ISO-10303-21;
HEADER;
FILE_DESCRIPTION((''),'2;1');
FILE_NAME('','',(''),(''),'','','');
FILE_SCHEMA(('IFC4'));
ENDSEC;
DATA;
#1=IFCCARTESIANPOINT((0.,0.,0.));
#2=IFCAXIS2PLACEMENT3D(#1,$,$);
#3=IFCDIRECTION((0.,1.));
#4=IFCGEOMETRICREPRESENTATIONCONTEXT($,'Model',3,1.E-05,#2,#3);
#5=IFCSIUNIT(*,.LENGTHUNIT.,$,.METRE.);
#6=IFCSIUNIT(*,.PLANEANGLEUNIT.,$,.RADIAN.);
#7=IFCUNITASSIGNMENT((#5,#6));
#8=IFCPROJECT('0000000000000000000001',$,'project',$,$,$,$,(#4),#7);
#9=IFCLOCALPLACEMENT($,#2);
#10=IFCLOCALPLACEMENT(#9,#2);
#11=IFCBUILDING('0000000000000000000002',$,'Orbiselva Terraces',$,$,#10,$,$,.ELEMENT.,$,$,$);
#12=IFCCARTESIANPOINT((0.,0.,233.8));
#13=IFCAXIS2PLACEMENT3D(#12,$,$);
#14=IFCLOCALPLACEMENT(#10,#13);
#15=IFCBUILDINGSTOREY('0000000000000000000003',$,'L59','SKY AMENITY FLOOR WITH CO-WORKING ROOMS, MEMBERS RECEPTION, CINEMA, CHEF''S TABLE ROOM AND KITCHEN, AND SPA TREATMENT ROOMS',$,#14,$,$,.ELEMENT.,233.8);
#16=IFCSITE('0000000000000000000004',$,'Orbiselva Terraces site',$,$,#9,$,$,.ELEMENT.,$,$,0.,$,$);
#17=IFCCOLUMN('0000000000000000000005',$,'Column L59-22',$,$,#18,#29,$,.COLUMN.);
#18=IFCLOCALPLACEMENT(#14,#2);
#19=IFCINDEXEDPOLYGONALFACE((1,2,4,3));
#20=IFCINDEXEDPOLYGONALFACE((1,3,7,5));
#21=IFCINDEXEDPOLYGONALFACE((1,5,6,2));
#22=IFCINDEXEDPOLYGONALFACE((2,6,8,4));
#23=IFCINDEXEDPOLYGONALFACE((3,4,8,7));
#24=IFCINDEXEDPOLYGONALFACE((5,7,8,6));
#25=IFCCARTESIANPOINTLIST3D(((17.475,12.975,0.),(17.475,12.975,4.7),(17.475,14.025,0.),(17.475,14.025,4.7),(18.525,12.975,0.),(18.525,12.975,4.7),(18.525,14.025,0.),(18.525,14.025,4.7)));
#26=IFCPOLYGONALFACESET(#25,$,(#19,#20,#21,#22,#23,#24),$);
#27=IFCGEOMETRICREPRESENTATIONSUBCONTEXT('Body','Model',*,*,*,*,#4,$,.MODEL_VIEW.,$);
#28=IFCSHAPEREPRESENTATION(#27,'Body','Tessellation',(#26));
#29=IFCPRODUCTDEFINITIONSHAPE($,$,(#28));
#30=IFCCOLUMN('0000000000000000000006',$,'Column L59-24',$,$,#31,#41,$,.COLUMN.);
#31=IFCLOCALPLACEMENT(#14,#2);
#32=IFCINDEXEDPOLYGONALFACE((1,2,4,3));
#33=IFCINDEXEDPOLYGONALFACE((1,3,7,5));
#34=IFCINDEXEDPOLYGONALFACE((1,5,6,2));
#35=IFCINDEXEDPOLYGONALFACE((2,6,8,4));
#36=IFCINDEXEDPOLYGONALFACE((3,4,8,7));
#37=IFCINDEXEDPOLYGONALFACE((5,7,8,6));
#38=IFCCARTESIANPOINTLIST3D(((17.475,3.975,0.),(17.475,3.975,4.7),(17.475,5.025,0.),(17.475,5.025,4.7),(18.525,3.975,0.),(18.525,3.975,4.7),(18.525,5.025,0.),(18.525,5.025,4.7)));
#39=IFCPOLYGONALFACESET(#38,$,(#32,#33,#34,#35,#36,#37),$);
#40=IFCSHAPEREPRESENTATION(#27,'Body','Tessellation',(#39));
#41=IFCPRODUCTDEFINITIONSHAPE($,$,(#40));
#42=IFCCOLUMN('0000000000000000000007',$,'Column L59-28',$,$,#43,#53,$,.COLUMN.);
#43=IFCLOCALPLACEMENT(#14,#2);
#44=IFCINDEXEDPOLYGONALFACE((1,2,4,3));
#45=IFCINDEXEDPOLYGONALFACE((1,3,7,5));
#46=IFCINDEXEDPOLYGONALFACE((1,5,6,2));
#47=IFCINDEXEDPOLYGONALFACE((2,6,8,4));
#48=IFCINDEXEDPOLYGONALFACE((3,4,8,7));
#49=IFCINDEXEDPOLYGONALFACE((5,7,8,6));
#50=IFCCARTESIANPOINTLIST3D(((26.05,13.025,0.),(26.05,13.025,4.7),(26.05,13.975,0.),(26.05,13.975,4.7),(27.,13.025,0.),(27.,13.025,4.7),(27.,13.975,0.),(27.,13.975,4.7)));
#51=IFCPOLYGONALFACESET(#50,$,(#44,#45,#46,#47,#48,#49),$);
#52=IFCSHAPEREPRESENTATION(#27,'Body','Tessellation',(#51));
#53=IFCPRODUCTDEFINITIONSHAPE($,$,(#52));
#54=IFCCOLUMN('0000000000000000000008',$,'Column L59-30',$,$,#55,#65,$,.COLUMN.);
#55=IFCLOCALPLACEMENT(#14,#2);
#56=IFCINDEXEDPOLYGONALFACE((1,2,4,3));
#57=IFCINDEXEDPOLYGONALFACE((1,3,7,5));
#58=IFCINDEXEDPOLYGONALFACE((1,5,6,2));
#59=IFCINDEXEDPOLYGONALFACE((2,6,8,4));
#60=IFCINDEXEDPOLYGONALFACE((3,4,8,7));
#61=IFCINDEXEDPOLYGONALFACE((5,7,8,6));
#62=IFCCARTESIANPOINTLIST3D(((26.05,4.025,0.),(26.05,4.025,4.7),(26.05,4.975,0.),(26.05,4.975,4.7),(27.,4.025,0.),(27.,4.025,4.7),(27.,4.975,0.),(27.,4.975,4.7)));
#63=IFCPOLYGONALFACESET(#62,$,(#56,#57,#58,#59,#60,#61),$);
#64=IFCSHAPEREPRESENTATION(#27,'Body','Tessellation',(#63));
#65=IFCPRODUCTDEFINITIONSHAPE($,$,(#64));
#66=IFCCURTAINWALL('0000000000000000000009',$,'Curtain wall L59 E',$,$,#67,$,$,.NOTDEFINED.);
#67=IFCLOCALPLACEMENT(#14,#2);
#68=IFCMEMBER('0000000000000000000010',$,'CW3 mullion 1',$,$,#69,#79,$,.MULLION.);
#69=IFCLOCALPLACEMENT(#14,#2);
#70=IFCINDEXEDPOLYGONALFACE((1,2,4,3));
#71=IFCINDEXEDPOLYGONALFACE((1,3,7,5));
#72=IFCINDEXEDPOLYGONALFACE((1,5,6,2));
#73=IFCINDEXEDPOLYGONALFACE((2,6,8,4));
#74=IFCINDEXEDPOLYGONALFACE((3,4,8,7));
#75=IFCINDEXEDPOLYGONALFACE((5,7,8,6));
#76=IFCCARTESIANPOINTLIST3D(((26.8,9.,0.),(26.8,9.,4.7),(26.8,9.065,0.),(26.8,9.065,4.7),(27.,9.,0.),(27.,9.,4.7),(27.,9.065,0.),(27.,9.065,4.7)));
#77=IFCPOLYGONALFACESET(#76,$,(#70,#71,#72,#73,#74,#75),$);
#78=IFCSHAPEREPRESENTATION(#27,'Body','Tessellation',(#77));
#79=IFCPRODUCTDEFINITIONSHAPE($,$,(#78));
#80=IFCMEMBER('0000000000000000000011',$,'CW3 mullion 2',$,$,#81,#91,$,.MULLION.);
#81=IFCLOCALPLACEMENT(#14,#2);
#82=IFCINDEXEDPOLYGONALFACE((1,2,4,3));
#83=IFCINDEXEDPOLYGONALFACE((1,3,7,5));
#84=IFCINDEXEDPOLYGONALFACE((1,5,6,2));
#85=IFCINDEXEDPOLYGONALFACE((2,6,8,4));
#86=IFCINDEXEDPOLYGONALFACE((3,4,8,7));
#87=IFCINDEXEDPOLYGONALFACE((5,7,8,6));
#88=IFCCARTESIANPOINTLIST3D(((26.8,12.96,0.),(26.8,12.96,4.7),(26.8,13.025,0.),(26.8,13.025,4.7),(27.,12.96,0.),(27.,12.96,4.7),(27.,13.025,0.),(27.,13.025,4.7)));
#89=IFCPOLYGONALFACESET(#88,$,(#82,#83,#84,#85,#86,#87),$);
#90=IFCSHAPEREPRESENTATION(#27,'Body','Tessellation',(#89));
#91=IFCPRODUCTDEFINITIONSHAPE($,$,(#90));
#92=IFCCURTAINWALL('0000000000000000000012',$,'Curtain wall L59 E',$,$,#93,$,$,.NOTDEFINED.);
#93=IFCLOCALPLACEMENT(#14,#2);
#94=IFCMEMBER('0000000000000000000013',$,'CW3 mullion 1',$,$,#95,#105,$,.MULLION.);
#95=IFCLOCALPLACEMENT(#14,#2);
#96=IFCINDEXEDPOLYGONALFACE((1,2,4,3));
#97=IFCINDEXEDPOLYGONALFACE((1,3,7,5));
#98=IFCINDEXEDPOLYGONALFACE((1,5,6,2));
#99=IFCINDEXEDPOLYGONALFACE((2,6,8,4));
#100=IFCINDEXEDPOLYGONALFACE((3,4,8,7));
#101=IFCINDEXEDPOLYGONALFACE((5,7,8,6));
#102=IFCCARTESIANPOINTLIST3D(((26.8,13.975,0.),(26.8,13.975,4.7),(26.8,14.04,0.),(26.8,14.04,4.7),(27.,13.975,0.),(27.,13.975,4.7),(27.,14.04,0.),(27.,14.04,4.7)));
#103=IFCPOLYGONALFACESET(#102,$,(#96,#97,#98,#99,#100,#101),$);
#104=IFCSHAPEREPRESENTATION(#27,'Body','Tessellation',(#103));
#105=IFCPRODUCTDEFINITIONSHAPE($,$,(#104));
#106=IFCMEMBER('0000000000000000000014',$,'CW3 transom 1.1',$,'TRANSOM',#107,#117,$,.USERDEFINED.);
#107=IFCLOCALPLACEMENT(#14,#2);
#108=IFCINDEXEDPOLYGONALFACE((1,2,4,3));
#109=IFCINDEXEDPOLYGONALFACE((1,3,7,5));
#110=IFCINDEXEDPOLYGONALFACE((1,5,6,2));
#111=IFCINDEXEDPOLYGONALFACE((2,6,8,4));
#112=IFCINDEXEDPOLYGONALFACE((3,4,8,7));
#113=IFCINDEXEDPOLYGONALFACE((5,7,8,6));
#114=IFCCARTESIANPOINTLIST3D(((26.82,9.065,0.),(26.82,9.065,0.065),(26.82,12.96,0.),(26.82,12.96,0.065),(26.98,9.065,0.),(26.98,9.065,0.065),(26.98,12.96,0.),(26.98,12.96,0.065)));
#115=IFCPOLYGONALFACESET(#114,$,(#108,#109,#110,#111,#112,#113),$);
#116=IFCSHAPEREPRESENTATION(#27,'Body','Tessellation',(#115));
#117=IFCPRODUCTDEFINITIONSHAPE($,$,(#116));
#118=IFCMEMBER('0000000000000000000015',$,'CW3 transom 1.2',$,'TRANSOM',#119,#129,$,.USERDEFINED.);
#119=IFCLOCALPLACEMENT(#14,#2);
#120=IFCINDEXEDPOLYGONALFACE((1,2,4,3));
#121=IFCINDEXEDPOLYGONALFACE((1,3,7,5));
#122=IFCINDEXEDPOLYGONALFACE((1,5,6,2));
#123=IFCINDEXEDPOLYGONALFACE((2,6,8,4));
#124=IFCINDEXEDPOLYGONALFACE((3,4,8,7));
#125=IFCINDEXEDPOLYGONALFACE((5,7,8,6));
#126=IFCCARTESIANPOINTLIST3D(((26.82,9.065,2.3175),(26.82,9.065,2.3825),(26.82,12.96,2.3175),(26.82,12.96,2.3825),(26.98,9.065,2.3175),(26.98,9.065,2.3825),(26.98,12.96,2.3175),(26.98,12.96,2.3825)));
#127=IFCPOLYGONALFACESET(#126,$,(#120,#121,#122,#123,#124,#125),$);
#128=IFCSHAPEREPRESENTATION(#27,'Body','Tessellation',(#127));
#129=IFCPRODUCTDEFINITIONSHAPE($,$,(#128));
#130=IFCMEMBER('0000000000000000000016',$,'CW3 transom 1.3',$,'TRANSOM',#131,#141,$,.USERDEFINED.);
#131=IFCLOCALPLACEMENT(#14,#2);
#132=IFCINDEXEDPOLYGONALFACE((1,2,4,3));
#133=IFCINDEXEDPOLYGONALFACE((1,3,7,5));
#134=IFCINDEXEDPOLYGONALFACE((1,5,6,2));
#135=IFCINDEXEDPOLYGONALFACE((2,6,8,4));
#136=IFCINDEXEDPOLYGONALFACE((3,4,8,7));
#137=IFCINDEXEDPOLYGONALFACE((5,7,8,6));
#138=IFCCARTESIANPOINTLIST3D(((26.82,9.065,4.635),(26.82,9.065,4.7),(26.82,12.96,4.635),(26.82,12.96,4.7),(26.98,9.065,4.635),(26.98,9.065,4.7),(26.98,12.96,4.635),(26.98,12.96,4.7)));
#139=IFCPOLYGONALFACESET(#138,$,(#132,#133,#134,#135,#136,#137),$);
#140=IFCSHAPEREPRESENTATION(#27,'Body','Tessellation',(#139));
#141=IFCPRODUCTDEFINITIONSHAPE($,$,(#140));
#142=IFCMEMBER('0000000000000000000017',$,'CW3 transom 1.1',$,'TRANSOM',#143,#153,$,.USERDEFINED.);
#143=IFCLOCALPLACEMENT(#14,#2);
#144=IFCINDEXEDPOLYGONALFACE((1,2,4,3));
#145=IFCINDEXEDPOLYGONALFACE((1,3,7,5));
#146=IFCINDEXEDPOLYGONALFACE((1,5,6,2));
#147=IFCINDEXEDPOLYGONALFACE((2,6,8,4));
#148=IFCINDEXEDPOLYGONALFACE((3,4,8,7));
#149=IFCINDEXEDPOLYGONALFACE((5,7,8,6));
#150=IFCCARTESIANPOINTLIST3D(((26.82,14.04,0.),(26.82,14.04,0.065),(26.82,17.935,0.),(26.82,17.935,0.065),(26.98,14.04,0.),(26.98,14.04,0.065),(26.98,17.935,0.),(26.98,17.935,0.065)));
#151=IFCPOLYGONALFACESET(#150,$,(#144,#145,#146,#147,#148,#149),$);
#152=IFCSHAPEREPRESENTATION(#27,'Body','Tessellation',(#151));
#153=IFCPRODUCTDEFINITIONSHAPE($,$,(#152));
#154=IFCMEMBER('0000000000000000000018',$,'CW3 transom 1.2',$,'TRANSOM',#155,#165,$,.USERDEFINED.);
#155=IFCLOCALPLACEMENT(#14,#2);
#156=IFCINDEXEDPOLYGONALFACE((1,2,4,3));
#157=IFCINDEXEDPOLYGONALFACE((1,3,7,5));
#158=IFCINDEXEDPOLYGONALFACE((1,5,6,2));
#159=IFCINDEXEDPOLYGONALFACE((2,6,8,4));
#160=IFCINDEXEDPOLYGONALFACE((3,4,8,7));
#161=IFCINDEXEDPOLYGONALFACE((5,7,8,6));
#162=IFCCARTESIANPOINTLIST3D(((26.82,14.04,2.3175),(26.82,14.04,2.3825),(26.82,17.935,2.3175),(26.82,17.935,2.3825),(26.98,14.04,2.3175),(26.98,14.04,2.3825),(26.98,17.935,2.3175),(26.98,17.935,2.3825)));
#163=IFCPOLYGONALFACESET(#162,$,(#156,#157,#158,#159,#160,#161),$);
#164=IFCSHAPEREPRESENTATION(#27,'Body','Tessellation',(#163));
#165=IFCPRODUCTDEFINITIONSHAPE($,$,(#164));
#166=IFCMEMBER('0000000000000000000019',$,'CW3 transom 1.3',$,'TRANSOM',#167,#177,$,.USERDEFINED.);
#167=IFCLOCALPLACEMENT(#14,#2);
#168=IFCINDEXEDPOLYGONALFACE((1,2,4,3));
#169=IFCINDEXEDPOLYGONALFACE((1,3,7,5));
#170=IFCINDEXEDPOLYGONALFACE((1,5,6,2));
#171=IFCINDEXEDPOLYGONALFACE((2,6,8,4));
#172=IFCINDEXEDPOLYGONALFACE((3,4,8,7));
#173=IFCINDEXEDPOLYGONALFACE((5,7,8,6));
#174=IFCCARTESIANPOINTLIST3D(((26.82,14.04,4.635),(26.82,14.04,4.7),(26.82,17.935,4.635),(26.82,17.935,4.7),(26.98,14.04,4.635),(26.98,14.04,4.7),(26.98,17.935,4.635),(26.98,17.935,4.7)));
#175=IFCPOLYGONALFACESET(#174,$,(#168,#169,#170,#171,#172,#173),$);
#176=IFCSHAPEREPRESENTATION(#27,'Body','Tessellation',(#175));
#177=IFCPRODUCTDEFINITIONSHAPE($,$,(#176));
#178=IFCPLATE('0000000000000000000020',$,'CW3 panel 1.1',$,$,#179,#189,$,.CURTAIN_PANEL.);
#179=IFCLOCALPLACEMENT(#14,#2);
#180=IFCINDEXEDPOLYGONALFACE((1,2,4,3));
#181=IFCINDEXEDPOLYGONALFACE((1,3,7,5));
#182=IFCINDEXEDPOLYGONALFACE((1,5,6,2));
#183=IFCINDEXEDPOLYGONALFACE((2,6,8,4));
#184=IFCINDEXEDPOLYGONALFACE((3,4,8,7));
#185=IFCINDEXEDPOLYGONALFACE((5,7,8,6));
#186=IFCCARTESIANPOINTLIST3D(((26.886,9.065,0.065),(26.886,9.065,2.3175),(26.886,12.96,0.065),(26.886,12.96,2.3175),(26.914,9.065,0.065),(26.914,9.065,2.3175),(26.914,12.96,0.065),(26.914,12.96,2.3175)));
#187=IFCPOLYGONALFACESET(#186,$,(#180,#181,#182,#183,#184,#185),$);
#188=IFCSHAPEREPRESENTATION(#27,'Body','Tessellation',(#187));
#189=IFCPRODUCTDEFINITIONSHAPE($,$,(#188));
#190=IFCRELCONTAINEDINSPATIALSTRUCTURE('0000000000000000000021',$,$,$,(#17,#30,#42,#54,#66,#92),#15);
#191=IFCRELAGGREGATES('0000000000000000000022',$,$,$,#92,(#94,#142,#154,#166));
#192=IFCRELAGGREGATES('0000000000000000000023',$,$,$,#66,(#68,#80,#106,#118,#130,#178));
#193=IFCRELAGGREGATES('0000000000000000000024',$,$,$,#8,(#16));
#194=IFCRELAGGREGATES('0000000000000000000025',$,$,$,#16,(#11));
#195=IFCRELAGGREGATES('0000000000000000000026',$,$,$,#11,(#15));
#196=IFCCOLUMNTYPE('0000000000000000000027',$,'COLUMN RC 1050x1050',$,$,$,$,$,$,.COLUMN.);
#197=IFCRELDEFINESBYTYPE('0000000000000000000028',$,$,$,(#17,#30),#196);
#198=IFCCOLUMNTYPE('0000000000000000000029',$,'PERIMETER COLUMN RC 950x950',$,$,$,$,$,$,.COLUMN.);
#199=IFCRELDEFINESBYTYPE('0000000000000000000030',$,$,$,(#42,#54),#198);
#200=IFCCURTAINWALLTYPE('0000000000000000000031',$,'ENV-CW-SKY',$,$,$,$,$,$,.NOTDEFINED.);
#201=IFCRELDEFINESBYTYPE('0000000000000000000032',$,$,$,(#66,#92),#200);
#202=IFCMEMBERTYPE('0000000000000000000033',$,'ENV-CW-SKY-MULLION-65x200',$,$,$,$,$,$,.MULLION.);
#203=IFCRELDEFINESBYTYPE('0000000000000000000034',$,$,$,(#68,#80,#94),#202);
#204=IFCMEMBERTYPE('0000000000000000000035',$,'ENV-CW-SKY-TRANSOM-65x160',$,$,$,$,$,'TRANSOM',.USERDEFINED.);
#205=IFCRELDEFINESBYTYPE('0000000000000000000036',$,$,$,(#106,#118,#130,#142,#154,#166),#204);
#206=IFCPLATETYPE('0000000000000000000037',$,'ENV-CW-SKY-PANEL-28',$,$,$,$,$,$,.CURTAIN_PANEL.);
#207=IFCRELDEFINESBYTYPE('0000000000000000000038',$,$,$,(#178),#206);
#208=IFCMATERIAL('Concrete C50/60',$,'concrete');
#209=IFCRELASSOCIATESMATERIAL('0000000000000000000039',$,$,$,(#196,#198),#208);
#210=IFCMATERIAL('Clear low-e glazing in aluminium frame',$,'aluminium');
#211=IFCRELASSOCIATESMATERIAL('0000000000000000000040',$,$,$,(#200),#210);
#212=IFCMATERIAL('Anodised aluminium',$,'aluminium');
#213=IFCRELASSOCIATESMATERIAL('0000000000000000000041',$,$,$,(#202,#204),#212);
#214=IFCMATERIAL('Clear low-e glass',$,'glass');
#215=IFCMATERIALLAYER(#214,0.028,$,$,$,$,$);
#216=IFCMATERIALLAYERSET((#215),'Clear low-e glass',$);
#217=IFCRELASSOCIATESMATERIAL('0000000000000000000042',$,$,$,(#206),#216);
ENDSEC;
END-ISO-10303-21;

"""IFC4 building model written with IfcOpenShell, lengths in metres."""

from ifc_helpers import new_model, si_unit, direction, frame, origin, origin_2d, place, context, subcontext, project, spatial, rectangle, extrude, material, layer, layer_set, material_profile, profile_set, type_object, element, aggregate, save


model = new_model("IFC4")

# Units and contexts
model_context = context("Model", 3, precision=1e-05, world=origin(), true_north=direction((0.0, 1.0)))
body_context = subcontext(model_context, "Body", "Model", "MODEL_VIEW")
ifc_project = project(units=[si_unit("LENGTHUNIT", "METRE"), si_unit("PLANEANGLEUNIT", "RADIAN")], contexts=[model_context])

# Site, building, storey
site_placement = place(None, origin())
site = spatial("IfcSite", under=ifc_project, at=site_placement, Name="Orbiselva Terraces site", CompositionType="ELEMENT", RefElevation=0.0)
building_placement = place(site_placement, origin())
building = spatial("IfcBuilding", under=site, at=building_placement, Name="Orbiselva Terraces", CompositionType="ELEMENT")
storey_placement = place(building_placement, frame((0.0, 0.0, 233.8)))
storey = spatial("IfcBuildingStorey", under=building, at=storey_placement, Name="L59", Description="SKY AMENITY FLOOR WITH CO-WORKING ROOMS, MEMBERS RECEPTION, CINEMA, CHEF'S TABLE ROOM AND KITCHEN, AND SPA TREATMENT ROOMS", CompositionType="ELEMENT", Elevation=233.8)

# Columns
ifc_material_1 = material(Name="Concrete C50/60", Category="concrete")
ifc_material_profile_1 = material_profile(ifc_material_1, rectangle(XDim=1.05, YDim=1.05, at=origin_2d()), Name="RC 1050x1050")
ifc_profile_set_1 = profile_set([ifc_material_profile_1], Name="Concrete C50/60")
column_type_1 = type_object("IfcColumnType", Name="COLUMN RC 1050x1050", PredefinedType="COLUMN", material=ifc_profile_set_1)
for number, where, z_axis, x_axis, name in (
    (1, (18.0, 13.5, 0.0), (0.0, 0.0, 1.0), (1.0, 0.0, 0.0), "Column L59-22"),
    (2, (18.0, 4.5, 0.0), (0.0, 0.0, 1.0), (1.0, 0.0, 0.0), "Column L59-24"),
):
    element("IfcColumn", number, at=place(storey_placement, frame(where, z_axis=z_axis, x_axis=x_axis)), inside=storey, type_object=column_type_1, Name=name, PredefinedType="COLUMN", context=body_context, shape_type="SweptSolid", body=[
        extrude(rectangle(XDim=1.05, YDim=1.05, at=origin_2d()), origin(), (0.0, 0.0, 1.0), 4.7),
    ])
ifc_material_profile_2 = material_profile(ifc_material_1, rectangle(XDim=0.95, YDim=0.95, at=origin_2d()), Name="RC 950x950")
ifc_profile_set_2 = profile_set([ifc_material_profile_2], Name="Concrete C50/60")
column_type_2 = type_object("IfcColumnType", Name="PERIMETER COLUMN RC 950x950", PredefinedType="COLUMN", material=ifc_profile_set_2)
for number, where, z_axis, x_axis, name in (
    (3, (26.525, 13.5, 0.0), (0.0, 0.0, 1.0), (1.0, 0.0, 0.0), "Column L59-28"),
    (4, (26.525, 4.5, 0.0), (0.0, 0.0, 1.0), (1.0, 0.0, 0.0), "Column L59-30"),
):
    element("IfcColumn", number, at=place(storey_placement, frame(where, z_axis=z_axis, x_axis=x_axis)), inside=storey, type_object=column_type_2, Name=name, PredefinedType="COLUMN", context=body_context, shape_type="SweptSolid", body=[
        extrude(rectangle(XDim=0.95, YDim=0.95, at=origin_2d()), origin(), (0.0, 0.0, 1.0), 4.7),
    ])

# Curtain wall, members
ifc_material_2 = material(Name="Clear low-e glazing in aluminium frame", Category="aluminium")
curtain_wall_type = type_object("IfcCurtainWallType", Name="ENV-CW-SKY", PredefinedType="NOTDEFINED", material=ifc_material_2)
curtain_wall_1_placement = place(storey_placement, origin())
curtain_wall_1 = element("IfcCurtainWall", 5, at=curtain_wall_1_placement, inside=storey, type_object=curtain_wall_type, Name="Curtain wall L59 E", PredefinedType="NOTDEFINED")
ifc_material_3 = material(Name="Anodised aluminium", Category="aluminium")
ifc_material_profile_3 = material_profile(ifc_material_3, rectangle(XDim=0.2, YDim=0.065, at=origin_2d()), Name="AL 65x200")
ifc_profile_set_3 = profile_set([ifc_material_profile_3], Name="Anodised aluminium")
member_type_1 = type_object("IfcMemberType", Name="ENV-CW-SKY-MULLION-65x200", PredefinedType="MULLION", material=ifc_profile_set_3)
member_1_placement = place(storey_placement, frame((26.9, 9.0325, 0.0), z_axis=(0.0, 0.0, 1.0), x_axis=(-1.0, 0.0, 0.0)))
member_1 = element("IfcMember", 6, at=member_1_placement, type_object=member_type_1, Name="CW3 mullion 1", PredefinedType="MULLION", context=body_context, shape_type="SweptSolid", body=[
    extrude(rectangle(XDim=0.2, YDim=0.065, at=origin_2d()), origin(), (0.0, 0.0, 1.0), 4.7),
])
member_2_placement = place(storey_placement, frame((26.9, 12.9925, 0.0), z_axis=(0.0, 0.0, 1.0), x_axis=(-1.0, 0.0, 0.0)))
member_2 = element("IfcMember", 7, at=member_2_placement, type_object=member_type_1, Name="CW3 mullion 2", PredefinedType="MULLION", context=body_context, shape_type="SweptSolid", body=[
    extrude(rectangle(XDim=0.2, YDim=0.065, at=origin_2d()), origin(), (0.0, 0.0, 1.0), 4.7),
])

# Curtain wall, member
curtain_wall_2_placement = place(storey_placement, origin())
curtain_wall_2 = element("IfcCurtainWall", 8, at=curtain_wall_2_placement, inside=storey, type_object=curtain_wall_type, Name="Curtain wall L59 E", PredefinedType="NOTDEFINED")
member_3_placement = place(storey_placement, frame((26.9, 14.0075, 0.0), z_axis=(0.0, 0.0, 1.0), x_axis=(-1.0, 0.0, 0.0)))
member_3 = element("IfcMember", 9, at=member_3_placement, type_object=member_type_1, Name="CW3 mullion 1", PredefinedType="MULLION", context=body_context, shape_type="SweptSolid", body=[
    extrude(rectangle(XDim=0.2, YDim=0.065, at=origin_2d()), origin(), (0.0, 0.0, 1.0), 4.7),
])

# Members
ifc_material_profile_4 = material_profile(ifc_material_3, rectangle(XDim=0.16, YDim=0.065, at=origin_2d()), Name="AL 65x160")
ifc_profile_set_4 = profile_set([ifc_material_profile_4], Name="Anodised aluminium")
member_type_2 = type_object("IfcMemberType", Name="ENV-CW-SKY-TRANSOM-65x160", ElementType="TRANSOM", PredefinedType="USERDEFINED", material=ifc_profile_set_4)
member_4_placement = place(storey_placement, frame((26.9, 9.065, 0.0325), z_axis=(0.0, 1.0, 0.0), x_axis=(-1.0, 0.0, 0.0)))
member_4 = element("IfcMember", 10, at=member_4_placement, type_object=member_type_2, Name="CW3 transom 1.1", ObjectType="TRANSOM", PredefinedType="USERDEFINED", context=body_context, shape_type="SweptSolid", body=[
    extrude(rectangle(XDim=0.16, YDim=0.065, at=origin_2d()), origin(), (0.0, 0.0, 1.0), 3.895),
])
member_5_placement = place(storey_placement, frame((26.9, 9.065, 2.35), z_axis=(0.0, 1.0, 0.0), x_axis=(-1.0, 0.0, 0.0)))
member_5 = element("IfcMember", 11, at=member_5_placement, type_object=member_type_2, Name="CW3 transom 1.2", ObjectType="TRANSOM", PredefinedType="USERDEFINED", context=body_context, shape_type="SweptSolid", body=[
    extrude(rectangle(XDim=0.16, YDim=0.065, at=origin_2d()), origin(), (0.0, 0.0, 1.0), 3.895),
])
member_6_placement = place(storey_placement, frame((26.9, 9.065, 4.6675), z_axis=(0.0, 1.0, 0.0), x_axis=(-1.0, 0.0, 0.0)))
member_6 = element("IfcMember", 12, at=member_6_placement, type_object=member_type_2, Name="CW3 transom 1.3", ObjectType="TRANSOM", PredefinedType="USERDEFINED", context=body_context, shape_type="SweptSolid", body=[
    extrude(rectangle(XDim=0.16, YDim=0.065, at=origin_2d()), origin(), (0.0, 0.0, 1.0), 3.895),
])
member_7_placement = place(storey_placement, frame((26.9, 14.04, 0.0325), z_axis=(0.0, 1.0, 0.0), x_axis=(-1.0, 0.0, 0.0)))
member_7 = element("IfcMember", 13, at=member_7_placement, type_object=member_type_2, Name="CW3 transom 1.1", ObjectType="TRANSOM", PredefinedType="USERDEFINED", context=body_context, shape_type="SweptSolid", body=[
    extrude(rectangle(XDim=0.16, YDim=0.065, at=origin_2d()), origin(), (0.0, 0.0, 1.0), 3.895),
])
member_8_placement = place(storey_placement, frame((26.9, 14.04, 2.35), z_axis=(0.0, 1.0, 0.0), x_axis=(-1.0, 0.0, 0.0)))
member_8 = element("IfcMember", 14, at=member_8_placement, type_object=member_type_2, Name="CW3 transom 1.2", ObjectType="TRANSOM", PredefinedType="USERDEFINED", context=body_context, shape_type="SweptSolid", body=[
    extrude(rectangle(XDim=0.16, YDim=0.065, at=origin_2d()), origin(), (0.0, 0.0, 1.0), 3.895),
])
member_9_placement = place(storey_placement, frame((26.9, 14.04, 4.6675), z_axis=(0.0, 1.0, 0.0), x_axis=(-1.0, 0.0, 0.0)))
member_9 = element("IfcMember", 15, at=member_9_placement, type_object=member_type_2, Name="CW3 transom 1.3", ObjectType="TRANSOM", PredefinedType="USERDEFINED", context=body_context, shape_type="SweptSolid", body=[
    extrude(rectangle(XDim=0.16, YDim=0.065, at=origin_2d()), origin(), (0.0, 0.0, 1.0), 3.895),
])
aggregate(curtain_wall_2, [member_3, member_7, member_8, member_9])

# Plate
ifc_material_4 = material(Name="Clear low-e glass", Category="glass")
ifc_layer_1 = layer(ifc_material_4, 0.028)
ifc_layer_set_1 = layer_set([ifc_layer_1], Name="Clear low-e glass")
plate_type = type_object("IfcPlateType", Name="ENV-CW-SKY-PANEL-28", PredefinedType="CURTAIN_PANEL", material=ifc_layer_set_1)
plate_1_placement = place(storey_placement, frame((26.9, 11.0125, 0.065), z_axis=(0.0, 0.0, 1.0), x_axis=(0.0, 1.0, 0.0)))
plate_1 = element("IfcPlate", 16, at=plate_1_placement, type_object=plate_type, Name="CW3 panel 1.1", PredefinedType="CURTAIN_PANEL", context=body_context, shape_type="SweptSolid", body=[
    extrude(rectangle(XDim=3.895, YDim=0.028, at=origin_2d()), origin(), (0.0, 0.0, 1.0), 2.2525),
])
aggregate(curtain_wall_1, [member_1, member_2, member_4, member_5, member_6, plate_1])

save(model, "model.ifc")
